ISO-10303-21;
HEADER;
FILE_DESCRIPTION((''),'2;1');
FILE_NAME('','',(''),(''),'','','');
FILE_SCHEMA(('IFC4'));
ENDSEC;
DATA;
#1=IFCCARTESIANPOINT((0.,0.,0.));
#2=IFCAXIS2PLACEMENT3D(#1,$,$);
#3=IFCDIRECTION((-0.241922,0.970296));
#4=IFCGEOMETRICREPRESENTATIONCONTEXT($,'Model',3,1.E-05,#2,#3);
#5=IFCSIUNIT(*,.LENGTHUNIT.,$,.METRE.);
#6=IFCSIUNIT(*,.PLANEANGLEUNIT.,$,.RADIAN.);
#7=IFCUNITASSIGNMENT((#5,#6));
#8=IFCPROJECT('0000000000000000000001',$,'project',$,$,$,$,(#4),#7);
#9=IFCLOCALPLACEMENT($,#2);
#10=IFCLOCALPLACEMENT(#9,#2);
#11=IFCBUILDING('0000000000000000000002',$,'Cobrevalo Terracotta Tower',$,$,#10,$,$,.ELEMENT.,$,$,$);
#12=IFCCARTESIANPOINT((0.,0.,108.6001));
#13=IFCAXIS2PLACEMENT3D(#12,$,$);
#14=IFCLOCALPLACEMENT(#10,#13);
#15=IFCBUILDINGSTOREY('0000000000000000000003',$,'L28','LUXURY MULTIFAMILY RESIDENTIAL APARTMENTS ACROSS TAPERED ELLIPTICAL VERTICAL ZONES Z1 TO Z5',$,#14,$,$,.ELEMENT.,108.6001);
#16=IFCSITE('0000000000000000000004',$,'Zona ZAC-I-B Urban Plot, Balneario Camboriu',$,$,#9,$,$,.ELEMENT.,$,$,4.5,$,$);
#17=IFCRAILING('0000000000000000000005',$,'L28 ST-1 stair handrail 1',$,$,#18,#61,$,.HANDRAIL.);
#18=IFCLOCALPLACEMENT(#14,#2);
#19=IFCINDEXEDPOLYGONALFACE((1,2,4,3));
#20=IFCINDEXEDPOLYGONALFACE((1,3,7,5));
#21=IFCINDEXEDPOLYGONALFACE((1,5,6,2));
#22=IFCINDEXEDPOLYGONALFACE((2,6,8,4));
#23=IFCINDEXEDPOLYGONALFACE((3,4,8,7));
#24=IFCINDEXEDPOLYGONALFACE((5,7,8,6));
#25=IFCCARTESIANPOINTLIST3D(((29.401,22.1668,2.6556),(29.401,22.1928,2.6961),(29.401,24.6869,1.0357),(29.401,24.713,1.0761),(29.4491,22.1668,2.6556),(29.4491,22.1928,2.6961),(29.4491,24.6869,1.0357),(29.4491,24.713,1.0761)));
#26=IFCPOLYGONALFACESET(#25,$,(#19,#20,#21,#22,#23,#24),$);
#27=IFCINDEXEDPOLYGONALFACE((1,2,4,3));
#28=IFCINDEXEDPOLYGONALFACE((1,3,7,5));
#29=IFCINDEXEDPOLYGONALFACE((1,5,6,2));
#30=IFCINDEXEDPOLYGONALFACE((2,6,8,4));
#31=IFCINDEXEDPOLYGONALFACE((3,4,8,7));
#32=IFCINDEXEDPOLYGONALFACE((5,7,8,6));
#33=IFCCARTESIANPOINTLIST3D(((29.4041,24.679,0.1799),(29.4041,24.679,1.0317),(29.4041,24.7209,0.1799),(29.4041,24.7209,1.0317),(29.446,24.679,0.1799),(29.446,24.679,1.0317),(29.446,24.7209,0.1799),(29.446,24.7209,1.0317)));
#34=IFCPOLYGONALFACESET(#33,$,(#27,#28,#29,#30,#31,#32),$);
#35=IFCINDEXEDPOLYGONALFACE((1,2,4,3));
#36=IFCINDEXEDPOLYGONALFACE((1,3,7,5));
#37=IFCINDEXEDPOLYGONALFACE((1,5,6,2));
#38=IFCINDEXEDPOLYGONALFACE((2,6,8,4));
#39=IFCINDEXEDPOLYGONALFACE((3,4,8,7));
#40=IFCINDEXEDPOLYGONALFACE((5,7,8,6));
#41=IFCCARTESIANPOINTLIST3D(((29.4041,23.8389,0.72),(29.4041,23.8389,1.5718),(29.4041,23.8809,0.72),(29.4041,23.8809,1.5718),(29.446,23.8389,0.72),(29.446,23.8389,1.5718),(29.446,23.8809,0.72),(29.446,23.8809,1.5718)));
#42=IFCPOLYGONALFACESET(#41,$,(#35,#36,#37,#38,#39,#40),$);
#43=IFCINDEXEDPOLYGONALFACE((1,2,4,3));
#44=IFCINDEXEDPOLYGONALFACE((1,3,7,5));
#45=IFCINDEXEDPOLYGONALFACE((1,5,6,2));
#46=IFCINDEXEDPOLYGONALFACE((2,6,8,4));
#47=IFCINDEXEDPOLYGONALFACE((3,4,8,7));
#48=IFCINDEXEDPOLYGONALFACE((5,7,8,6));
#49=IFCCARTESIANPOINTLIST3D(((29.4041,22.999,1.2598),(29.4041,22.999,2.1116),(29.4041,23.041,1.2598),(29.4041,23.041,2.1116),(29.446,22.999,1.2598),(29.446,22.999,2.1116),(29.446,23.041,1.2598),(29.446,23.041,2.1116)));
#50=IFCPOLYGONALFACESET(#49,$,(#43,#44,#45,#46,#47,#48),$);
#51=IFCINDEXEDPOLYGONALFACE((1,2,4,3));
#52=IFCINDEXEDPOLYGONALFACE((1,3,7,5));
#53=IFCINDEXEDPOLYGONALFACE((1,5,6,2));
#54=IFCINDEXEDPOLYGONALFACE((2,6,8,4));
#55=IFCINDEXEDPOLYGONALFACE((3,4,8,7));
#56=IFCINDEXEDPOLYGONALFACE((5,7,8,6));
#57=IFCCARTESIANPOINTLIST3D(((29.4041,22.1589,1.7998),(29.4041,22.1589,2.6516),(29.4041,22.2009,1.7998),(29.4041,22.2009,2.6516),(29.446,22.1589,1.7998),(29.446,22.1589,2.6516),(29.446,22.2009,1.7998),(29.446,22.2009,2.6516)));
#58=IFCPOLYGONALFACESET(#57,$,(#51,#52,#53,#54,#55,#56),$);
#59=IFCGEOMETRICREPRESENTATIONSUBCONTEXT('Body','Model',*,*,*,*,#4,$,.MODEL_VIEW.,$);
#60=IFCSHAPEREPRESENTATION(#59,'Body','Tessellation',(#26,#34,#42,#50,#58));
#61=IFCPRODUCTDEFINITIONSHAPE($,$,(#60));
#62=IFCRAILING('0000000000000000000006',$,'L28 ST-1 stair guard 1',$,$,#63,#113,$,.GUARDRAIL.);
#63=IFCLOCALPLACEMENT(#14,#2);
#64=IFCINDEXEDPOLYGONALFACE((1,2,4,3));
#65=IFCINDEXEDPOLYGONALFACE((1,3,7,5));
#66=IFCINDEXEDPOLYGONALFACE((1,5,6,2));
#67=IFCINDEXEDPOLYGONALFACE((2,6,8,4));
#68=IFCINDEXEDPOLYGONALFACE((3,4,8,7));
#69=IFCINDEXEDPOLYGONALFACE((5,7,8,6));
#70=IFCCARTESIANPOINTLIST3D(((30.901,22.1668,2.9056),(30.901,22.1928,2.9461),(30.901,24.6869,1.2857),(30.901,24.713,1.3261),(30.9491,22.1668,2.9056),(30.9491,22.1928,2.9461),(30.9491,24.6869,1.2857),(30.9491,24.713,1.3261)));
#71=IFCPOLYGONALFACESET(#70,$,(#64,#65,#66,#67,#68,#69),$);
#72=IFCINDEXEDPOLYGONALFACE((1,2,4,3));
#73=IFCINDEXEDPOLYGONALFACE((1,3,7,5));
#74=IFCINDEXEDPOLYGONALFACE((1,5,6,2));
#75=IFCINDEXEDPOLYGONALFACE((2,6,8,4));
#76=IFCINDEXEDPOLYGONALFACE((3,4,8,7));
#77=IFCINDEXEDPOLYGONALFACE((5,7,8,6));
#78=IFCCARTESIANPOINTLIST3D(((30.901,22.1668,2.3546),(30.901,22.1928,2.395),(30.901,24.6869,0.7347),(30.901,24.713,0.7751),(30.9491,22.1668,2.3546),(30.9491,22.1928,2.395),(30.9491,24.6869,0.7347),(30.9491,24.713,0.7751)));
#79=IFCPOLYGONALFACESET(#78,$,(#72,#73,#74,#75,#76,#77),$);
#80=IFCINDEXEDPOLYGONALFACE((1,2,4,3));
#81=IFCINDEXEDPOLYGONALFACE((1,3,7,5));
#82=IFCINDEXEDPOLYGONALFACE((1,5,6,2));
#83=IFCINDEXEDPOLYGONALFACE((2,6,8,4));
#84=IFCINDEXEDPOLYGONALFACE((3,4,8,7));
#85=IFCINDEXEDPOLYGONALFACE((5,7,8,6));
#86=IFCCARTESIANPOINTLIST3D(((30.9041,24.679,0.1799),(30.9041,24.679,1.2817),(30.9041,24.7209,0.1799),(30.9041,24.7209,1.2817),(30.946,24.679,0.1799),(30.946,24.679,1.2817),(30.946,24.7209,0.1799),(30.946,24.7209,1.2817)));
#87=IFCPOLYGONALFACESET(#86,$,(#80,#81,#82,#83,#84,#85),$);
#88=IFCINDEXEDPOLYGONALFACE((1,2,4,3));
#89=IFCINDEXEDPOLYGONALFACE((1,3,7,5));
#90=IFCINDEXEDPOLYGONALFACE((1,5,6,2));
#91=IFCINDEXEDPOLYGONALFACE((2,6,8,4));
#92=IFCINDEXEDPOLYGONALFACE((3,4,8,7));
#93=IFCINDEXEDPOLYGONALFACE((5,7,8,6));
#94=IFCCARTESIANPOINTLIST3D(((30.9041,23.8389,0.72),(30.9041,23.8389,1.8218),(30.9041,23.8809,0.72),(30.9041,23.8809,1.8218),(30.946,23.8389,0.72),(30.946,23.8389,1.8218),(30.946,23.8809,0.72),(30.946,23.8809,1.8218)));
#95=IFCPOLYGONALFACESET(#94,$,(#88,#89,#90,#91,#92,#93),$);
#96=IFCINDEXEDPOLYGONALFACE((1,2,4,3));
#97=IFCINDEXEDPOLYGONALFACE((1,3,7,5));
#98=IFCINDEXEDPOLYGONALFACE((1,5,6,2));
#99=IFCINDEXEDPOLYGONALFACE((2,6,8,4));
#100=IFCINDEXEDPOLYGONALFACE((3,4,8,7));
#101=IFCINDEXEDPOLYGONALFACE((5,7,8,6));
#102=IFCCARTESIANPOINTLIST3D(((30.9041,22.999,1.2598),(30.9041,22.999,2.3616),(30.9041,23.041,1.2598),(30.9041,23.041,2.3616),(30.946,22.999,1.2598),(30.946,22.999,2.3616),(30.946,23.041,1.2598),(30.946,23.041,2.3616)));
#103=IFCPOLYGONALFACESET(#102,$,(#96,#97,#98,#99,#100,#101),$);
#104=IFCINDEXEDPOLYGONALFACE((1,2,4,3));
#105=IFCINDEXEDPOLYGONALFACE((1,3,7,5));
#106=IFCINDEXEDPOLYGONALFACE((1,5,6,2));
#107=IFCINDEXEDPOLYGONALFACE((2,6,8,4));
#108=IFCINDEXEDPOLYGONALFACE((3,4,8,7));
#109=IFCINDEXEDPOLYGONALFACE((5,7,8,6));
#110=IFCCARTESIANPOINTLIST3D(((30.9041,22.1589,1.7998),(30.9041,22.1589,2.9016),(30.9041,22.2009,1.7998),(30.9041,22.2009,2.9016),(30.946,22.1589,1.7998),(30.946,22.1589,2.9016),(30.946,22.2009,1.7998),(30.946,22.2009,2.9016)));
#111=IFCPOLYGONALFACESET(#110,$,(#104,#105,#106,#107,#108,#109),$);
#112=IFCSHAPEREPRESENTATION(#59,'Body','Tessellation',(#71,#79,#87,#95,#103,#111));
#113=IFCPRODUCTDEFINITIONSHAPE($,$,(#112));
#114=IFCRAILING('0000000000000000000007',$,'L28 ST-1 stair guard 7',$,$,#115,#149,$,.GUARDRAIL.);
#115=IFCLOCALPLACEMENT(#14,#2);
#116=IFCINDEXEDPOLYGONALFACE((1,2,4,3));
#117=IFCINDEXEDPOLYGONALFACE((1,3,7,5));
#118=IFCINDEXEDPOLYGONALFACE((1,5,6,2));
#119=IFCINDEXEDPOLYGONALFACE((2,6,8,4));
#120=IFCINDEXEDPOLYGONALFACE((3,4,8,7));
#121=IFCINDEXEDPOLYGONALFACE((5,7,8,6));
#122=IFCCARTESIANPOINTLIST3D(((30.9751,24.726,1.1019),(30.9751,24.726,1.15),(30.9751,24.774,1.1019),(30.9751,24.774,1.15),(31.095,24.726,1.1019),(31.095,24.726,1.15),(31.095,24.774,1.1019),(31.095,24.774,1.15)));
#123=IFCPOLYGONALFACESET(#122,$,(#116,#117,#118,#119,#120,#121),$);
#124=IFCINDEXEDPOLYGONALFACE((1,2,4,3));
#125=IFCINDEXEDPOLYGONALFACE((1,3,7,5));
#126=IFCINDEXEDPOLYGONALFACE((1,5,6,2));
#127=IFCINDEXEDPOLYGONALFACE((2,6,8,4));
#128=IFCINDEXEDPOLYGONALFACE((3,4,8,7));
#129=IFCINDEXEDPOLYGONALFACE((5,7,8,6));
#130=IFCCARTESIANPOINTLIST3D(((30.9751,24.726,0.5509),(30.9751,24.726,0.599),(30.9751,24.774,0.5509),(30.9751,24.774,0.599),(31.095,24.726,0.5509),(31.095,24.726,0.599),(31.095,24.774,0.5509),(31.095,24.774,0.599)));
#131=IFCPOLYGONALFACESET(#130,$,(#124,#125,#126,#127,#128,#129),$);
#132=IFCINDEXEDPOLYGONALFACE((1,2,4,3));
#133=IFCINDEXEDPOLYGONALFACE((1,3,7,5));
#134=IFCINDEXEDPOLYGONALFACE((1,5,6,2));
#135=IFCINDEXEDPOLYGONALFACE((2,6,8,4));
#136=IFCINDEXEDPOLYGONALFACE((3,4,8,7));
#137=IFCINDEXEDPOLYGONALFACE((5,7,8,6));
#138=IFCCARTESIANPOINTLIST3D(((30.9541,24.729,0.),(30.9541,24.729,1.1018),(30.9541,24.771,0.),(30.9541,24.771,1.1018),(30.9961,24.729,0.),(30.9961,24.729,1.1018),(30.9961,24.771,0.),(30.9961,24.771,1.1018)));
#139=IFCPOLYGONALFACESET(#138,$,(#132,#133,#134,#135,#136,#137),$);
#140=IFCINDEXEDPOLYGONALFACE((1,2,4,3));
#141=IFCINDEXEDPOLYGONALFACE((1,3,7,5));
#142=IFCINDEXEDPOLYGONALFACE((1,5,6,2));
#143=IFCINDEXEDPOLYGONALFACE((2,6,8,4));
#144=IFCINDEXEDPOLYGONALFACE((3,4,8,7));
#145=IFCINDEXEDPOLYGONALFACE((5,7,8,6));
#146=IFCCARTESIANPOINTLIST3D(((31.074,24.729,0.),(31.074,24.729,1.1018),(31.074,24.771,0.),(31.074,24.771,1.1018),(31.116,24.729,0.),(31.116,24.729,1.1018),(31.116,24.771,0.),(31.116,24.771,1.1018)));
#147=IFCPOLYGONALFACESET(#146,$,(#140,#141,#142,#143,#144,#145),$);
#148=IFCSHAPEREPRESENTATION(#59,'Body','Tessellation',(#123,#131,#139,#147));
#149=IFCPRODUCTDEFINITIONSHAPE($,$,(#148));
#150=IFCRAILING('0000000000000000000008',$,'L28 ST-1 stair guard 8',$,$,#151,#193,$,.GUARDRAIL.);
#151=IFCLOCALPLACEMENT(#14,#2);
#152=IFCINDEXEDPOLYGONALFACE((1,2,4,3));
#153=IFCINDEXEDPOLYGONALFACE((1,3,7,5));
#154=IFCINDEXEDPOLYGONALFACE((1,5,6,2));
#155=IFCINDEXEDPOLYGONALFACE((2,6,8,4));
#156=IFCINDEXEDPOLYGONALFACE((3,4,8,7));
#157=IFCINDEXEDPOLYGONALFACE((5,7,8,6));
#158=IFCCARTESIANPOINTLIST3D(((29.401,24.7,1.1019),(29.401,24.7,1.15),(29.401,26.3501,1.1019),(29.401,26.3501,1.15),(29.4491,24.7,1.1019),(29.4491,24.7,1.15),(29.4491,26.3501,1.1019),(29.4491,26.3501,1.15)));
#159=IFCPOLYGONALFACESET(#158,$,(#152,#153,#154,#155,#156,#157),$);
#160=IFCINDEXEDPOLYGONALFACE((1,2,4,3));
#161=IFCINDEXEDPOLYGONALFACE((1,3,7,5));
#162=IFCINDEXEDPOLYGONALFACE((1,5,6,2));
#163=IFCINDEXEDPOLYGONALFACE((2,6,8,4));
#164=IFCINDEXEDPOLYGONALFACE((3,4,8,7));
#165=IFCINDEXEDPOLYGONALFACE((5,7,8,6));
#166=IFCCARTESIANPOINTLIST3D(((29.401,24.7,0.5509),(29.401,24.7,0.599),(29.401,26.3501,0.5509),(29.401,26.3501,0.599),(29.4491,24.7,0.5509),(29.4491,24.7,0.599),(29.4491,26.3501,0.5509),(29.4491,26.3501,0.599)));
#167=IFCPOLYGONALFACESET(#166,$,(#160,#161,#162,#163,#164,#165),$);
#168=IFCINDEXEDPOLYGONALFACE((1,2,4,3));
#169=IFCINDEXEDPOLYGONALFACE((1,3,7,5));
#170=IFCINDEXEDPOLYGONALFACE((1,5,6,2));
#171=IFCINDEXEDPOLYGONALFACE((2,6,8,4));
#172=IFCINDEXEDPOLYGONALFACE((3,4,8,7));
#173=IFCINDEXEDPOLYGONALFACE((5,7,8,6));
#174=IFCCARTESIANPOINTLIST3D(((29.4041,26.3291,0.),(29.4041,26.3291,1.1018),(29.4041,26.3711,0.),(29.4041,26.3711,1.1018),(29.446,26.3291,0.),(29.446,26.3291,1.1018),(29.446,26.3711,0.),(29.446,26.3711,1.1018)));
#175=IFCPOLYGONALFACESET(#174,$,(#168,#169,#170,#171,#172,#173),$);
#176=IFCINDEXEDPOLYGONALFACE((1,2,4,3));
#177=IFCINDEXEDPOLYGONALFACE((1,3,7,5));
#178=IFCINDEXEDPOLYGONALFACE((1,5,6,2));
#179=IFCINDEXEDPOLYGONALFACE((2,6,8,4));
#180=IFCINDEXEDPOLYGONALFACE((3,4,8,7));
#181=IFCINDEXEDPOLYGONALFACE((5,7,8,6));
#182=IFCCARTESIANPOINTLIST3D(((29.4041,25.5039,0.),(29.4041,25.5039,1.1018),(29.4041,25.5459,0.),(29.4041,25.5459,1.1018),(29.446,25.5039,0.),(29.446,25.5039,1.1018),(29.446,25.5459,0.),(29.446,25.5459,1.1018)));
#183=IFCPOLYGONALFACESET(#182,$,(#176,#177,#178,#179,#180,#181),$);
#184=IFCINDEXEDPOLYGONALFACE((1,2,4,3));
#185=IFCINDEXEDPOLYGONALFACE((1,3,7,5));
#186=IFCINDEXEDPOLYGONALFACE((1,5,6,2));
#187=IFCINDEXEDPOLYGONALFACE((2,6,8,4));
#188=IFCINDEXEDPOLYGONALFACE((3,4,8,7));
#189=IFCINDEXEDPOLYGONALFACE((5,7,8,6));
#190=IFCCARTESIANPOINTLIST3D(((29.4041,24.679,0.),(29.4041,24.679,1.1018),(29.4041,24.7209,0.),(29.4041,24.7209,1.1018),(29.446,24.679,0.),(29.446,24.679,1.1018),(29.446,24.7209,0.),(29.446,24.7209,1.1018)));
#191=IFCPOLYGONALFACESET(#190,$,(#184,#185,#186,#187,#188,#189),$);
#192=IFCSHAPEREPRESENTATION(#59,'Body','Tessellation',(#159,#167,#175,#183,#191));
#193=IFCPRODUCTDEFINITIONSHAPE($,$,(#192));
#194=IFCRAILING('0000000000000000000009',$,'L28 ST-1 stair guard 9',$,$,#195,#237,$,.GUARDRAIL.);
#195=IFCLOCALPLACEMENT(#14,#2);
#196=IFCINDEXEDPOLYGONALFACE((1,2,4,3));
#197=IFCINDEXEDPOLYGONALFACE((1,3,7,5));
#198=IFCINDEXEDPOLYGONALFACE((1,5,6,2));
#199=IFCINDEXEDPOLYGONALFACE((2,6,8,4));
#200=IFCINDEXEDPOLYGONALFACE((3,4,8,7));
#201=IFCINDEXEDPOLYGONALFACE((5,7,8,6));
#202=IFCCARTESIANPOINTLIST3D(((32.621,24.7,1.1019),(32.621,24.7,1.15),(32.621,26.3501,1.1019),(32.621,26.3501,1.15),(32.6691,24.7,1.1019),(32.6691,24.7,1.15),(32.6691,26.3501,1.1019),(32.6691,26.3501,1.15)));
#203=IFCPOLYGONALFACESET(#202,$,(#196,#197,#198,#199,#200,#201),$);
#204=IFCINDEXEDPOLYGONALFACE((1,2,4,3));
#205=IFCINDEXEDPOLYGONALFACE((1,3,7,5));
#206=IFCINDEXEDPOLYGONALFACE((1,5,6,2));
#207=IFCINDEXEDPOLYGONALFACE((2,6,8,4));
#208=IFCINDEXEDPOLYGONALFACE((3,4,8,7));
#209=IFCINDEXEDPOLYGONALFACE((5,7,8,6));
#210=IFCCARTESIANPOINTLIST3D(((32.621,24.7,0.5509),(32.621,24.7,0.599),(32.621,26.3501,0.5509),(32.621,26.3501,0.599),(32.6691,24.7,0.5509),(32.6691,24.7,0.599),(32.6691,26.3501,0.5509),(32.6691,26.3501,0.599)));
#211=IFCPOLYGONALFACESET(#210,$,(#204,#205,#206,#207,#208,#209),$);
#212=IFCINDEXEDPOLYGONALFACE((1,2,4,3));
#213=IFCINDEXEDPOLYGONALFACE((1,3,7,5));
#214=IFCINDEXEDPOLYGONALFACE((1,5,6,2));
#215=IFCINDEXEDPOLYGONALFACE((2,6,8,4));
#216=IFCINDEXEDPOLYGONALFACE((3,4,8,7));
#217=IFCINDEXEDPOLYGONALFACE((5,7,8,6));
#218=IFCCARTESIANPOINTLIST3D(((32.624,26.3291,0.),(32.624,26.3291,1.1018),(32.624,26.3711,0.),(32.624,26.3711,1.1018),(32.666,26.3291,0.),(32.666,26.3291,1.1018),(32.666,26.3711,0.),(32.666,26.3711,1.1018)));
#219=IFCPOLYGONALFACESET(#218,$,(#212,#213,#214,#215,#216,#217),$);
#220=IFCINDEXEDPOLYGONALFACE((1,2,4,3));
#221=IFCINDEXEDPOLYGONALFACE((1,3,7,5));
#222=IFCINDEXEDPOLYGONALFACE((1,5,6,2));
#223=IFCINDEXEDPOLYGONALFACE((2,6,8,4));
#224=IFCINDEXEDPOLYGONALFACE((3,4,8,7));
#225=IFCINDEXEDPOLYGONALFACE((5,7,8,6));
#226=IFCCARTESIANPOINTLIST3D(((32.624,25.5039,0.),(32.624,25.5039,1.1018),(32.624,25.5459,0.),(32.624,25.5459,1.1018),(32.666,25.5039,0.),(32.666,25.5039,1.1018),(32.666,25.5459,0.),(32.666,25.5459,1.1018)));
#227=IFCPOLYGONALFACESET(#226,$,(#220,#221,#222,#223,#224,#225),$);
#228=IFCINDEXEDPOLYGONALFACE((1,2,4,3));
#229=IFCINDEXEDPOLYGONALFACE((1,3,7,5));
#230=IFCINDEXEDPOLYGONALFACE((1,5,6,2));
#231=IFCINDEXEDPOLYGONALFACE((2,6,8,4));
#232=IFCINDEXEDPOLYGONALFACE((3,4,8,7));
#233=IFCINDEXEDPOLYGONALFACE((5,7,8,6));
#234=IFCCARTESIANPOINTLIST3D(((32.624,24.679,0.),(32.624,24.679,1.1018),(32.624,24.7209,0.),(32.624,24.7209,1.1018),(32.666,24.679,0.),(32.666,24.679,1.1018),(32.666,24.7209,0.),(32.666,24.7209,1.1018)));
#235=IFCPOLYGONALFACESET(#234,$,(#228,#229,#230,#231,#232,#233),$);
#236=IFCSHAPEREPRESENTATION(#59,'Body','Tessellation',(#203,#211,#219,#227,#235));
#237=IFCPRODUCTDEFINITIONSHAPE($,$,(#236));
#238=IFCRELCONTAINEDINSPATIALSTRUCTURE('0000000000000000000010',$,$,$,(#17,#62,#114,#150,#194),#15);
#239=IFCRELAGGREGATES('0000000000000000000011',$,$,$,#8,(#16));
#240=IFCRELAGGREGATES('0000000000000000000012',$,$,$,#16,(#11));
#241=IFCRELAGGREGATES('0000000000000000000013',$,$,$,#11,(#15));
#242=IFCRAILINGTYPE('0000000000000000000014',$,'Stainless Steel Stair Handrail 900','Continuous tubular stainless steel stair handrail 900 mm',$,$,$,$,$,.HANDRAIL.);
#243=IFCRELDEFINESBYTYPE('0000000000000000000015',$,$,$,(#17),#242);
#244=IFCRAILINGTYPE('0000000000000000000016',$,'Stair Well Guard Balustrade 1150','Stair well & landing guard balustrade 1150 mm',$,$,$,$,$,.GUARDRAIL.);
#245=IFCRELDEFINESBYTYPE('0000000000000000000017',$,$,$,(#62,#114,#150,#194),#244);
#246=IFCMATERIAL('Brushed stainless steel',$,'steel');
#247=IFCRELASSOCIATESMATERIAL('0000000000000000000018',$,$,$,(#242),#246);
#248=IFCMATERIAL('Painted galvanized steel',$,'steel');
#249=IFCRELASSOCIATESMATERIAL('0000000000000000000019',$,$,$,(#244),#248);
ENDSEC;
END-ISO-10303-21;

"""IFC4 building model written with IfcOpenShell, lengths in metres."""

from ifc_helpers import new_model, si_unit, direction, frame, origin, origin_2d, place, context, subcontext, project, spatial, rectangle, extrude, material, type_object, element, save


model = new_model("IFC4")

# Units and contexts
model_context = context("Model", 3, precision=1e-05, world=origin(), true_north=direction((-0.241922, 0.970296)))
body_context = subcontext(model_context, "Body", "Model", "MODEL_VIEW")
ifc_project = project(units=[si_unit("LENGTHUNIT", "METRE"), si_unit("PLANEANGLEUNIT", "RADIAN")], contexts=[model_context])

# Site, building, storey
site_placement = place(None, origin())
site = spatial("IfcSite", under=ifc_project, at=site_placement, Name="Zona ZAC-I-B Urban Plot, Balneario Camboriu", CompositionType="ELEMENT", RefElevation=4.5)
building_placement = place(site_placement, origin())
building = spatial("IfcBuilding", under=site, at=building_placement, Name="Cobrevalo Terracotta Tower", CompositionType="ELEMENT")
storey_placement = place(building_placement, frame((0.0, 0.0, 108.6001)))
storey = spatial("IfcBuildingStorey", under=building, at=storey_placement, Name="L28", Description="LUXURY MULTIFAMILY RESIDENTIAL APARTMENTS ACROSS TAPERED ELLIPTICAL VERTICAL ZONES Z1 TO Z5", CompositionType="ELEMENT", Elevation=108.6001)

# Shared definitions
ifc_material_1 = material(Name="Brushed stainless steel", Category="steel")

# Railings
railing_type_1 = type_object("IfcRailingType", Name="Stainless Steel Stair Handrail 900", Description="Continuous tubular stainless steel stair handrail 900 mm", PredefinedType="HANDRAIL", material=ifc_material_1)
railing_1_placement = place(storey_placement, frame((29.425, 24.7, 0.1799)))
element("IfcRailing", 1, at=railing_1_placement, inside=storey, type_object=railing_type_1, Name="L28 ST-1 stair handrail 1", PredefinedType="HANDRAIL", context=body_context, shape_type="SweptSolid", body=[
    extrude(rectangle(XDim=0.0481, YDim=0.0481, at=origin_2d()), frame((0.0, 0.0, 0.876), z_axis=(0.0, -0.8412, 0.540725), x_axis=(1.0, 0.0, 0.0)), (0.0, 0.0, 1.0), 2.9958),
    extrude(rectangle(XDim=0.042, YDim=0.042, at=origin_2d()), origin(), (0.0, 0.0, 1.0), 0.8518),
    extrude(rectangle(XDim=0.042, YDim=0.042, at=origin_2d()), frame((0.0, -0.8401, 0.54)), (0.0, 0.0, 1.0), 0.8518),
    extrude(rectangle(XDim=0.042, YDim=0.042, at=origin_2d()), frame((0.0, -1.6799, 1.0798)), (0.0, 0.0, 1.0), 0.8518),
    extrude(rectangle(XDim=0.042, YDim=0.042, at=origin_2d()), frame((0.0, -2.52, 1.6199)), (0.0, 0.0, 1.0), 0.8518),
])
ifc_material_2 = material(Name="Painted galvanized steel", Category="steel")
railing_type_2 = type_object("IfcRailingType", Name="Stair Well Guard Balustrade 1150", Description="Stair well & landing guard balustrade 1150 mm", PredefinedType="GUARDRAIL", material=ifc_material_2)
railing_2_placement = place(storey_placement, frame((30.925, 24.7, 0.1799)))
element("IfcRailing", 2, at=railing_2_placement, inside=storey, type_object=railing_type_2, Name="L28 ST-1 stair guard 1", PredefinedType="GUARDRAIL", context=body_context, shape_type="SweptSolid", body=[
    extrude(rectangle(XDim=0.0481, YDim=0.0481, at=origin_2d()), frame((0.0, 0.0, 1.126), z_axis=(0.0, -0.8412, 0.540725), x_axis=(1.0, 0.0, 0.0)), (0.0, 0.0, 1.0), 2.9958),
    extrude(rectangle(XDim=0.0481, YDim=0.0481, at=origin_2d()), frame((0.0, 0.0, 0.575), z_axis=(0.0, -0.8412, 0.540725), x_axis=(1.0, 0.0, 0.0)), (0.0, 0.0, 1.0), 2.9958),
    extrude(rectangle(XDim=0.042, YDim=0.042, at=origin_2d()), origin(), (0.0, 0.0, 1.0), 1.1018),
    extrude(rectangle(XDim=0.042, YDim=0.042, at=origin_2d()), frame((0.0, -0.8401, 0.54)), (0.0, 0.0, 1.0), 1.1018),
    extrude(rectangle(XDim=0.042, YDim=0.042, at=origin_2d()), frame((0.0, -1.6799, 1.0798)), (0.0, 0.0, 1.0), 1.1018),
    extrude(rectangle(XDim=0.042, YDim=0.042, at=origin_2d()), frame((0.0, -2.52, 1.6199)), (0.0, 0.0, 1.0), 1.1018),
])
railing_3_placement = place(storey_placement, frame((30.9751, 24.75, 0.0)))
element("IfcRailing", 3, at=railing_3_placement, inside=storey, type_object=railing_type_2, Name="L28 ST-1 stair guard 7", PredefinedType="GUARDRAIL", context=body_context, shape_type="SweptSolid", body=[
    extrude(rectangle(XDim=0.0481, YDim=0.0481, at=origin_2d()), frame((0.0, 0.0, 1.126), z_axis=(1.0, 0.0, 0.0), x_axis=(0.0, 1.0, 0.0)), (0.0, 0.0, 1.0), 0.1199),
    extrude(rectangle(XDim=0.0481, YDim=0.0481, at=origin_2d()), frame((0.0, 0.0, 0.575), z_axis=(1.0, 0.0, 0.0), x_axis=(0.0, 1.0, 0.0)), (0.0, 0.0, 1.0), 0.1199),
    extrude(rectangle(XDim=0.042, YDim=0.042, at=origin_2d()), origin(), (0.0, 0.0, 1.0), 1.1018),
    extrude(rectangle(XDim=0.042, YDim=0.042, at=origin_2d()), frame((0.1199, 0.0, 0.0)), (0.0, 0.0, 1.0), 1.1018),
])
for number, where, name in (
    (4, (29.425, 26.3501, 0.0), "L28 ST-1 stair guard 8"),
    (5, (32.645, 26.3501, 0.0), "L28 ST-1 stair guard 9"),
):
    element("IfcRailing", number, at=place(storey_placement, frame(where)), inside=storey, type_object=railing_type_2, Name=name, PredefinedType="GUARDRAIL", context=body_context, shape_type="SweptSolid", body=[
        extrude(rectangle(XDim=0.0481, YDim=0.0481, at=origin_2d()), frame((0.0, 0.0, 1.126), z_axis=(0.0, -1.0, 0.0), x_axis=(1.0, 0.0, 0.0)), (0.0, 0.0, 1.0), 1.6501),
        extrude(rectangle(XDim=0.0481, YDim=0.0481, at=origin_2d()), frame((0.0, 0.0, 0.575), z_axis=(0.0, -1.0, 0.0), x_axis=(1.0, 0.0, 0.0)), (0.0, 0.0, 1.0), 1.6501),
        extrude(rectangle(XDim=0.042, YDim=0.042, at=origin_2d()), origin(), (0.0, 0.0, 1.0), 1.1018),
        extrude(rectangle(XDim=0.042, YDim=0.042, at=origin_2d()), frame((0.0, -0.8252, 0.0)), (0.0, 0.0, 1.0), 1.1018),
        extrude(rectangle(XDim=0.042, YDim=0.042, at=origin_2d()), frame((0.0, -1.6501, 0.0)), (0.0, 0.0, 1.0), 1.1018),
    ])

save(model, "model.ifc")
